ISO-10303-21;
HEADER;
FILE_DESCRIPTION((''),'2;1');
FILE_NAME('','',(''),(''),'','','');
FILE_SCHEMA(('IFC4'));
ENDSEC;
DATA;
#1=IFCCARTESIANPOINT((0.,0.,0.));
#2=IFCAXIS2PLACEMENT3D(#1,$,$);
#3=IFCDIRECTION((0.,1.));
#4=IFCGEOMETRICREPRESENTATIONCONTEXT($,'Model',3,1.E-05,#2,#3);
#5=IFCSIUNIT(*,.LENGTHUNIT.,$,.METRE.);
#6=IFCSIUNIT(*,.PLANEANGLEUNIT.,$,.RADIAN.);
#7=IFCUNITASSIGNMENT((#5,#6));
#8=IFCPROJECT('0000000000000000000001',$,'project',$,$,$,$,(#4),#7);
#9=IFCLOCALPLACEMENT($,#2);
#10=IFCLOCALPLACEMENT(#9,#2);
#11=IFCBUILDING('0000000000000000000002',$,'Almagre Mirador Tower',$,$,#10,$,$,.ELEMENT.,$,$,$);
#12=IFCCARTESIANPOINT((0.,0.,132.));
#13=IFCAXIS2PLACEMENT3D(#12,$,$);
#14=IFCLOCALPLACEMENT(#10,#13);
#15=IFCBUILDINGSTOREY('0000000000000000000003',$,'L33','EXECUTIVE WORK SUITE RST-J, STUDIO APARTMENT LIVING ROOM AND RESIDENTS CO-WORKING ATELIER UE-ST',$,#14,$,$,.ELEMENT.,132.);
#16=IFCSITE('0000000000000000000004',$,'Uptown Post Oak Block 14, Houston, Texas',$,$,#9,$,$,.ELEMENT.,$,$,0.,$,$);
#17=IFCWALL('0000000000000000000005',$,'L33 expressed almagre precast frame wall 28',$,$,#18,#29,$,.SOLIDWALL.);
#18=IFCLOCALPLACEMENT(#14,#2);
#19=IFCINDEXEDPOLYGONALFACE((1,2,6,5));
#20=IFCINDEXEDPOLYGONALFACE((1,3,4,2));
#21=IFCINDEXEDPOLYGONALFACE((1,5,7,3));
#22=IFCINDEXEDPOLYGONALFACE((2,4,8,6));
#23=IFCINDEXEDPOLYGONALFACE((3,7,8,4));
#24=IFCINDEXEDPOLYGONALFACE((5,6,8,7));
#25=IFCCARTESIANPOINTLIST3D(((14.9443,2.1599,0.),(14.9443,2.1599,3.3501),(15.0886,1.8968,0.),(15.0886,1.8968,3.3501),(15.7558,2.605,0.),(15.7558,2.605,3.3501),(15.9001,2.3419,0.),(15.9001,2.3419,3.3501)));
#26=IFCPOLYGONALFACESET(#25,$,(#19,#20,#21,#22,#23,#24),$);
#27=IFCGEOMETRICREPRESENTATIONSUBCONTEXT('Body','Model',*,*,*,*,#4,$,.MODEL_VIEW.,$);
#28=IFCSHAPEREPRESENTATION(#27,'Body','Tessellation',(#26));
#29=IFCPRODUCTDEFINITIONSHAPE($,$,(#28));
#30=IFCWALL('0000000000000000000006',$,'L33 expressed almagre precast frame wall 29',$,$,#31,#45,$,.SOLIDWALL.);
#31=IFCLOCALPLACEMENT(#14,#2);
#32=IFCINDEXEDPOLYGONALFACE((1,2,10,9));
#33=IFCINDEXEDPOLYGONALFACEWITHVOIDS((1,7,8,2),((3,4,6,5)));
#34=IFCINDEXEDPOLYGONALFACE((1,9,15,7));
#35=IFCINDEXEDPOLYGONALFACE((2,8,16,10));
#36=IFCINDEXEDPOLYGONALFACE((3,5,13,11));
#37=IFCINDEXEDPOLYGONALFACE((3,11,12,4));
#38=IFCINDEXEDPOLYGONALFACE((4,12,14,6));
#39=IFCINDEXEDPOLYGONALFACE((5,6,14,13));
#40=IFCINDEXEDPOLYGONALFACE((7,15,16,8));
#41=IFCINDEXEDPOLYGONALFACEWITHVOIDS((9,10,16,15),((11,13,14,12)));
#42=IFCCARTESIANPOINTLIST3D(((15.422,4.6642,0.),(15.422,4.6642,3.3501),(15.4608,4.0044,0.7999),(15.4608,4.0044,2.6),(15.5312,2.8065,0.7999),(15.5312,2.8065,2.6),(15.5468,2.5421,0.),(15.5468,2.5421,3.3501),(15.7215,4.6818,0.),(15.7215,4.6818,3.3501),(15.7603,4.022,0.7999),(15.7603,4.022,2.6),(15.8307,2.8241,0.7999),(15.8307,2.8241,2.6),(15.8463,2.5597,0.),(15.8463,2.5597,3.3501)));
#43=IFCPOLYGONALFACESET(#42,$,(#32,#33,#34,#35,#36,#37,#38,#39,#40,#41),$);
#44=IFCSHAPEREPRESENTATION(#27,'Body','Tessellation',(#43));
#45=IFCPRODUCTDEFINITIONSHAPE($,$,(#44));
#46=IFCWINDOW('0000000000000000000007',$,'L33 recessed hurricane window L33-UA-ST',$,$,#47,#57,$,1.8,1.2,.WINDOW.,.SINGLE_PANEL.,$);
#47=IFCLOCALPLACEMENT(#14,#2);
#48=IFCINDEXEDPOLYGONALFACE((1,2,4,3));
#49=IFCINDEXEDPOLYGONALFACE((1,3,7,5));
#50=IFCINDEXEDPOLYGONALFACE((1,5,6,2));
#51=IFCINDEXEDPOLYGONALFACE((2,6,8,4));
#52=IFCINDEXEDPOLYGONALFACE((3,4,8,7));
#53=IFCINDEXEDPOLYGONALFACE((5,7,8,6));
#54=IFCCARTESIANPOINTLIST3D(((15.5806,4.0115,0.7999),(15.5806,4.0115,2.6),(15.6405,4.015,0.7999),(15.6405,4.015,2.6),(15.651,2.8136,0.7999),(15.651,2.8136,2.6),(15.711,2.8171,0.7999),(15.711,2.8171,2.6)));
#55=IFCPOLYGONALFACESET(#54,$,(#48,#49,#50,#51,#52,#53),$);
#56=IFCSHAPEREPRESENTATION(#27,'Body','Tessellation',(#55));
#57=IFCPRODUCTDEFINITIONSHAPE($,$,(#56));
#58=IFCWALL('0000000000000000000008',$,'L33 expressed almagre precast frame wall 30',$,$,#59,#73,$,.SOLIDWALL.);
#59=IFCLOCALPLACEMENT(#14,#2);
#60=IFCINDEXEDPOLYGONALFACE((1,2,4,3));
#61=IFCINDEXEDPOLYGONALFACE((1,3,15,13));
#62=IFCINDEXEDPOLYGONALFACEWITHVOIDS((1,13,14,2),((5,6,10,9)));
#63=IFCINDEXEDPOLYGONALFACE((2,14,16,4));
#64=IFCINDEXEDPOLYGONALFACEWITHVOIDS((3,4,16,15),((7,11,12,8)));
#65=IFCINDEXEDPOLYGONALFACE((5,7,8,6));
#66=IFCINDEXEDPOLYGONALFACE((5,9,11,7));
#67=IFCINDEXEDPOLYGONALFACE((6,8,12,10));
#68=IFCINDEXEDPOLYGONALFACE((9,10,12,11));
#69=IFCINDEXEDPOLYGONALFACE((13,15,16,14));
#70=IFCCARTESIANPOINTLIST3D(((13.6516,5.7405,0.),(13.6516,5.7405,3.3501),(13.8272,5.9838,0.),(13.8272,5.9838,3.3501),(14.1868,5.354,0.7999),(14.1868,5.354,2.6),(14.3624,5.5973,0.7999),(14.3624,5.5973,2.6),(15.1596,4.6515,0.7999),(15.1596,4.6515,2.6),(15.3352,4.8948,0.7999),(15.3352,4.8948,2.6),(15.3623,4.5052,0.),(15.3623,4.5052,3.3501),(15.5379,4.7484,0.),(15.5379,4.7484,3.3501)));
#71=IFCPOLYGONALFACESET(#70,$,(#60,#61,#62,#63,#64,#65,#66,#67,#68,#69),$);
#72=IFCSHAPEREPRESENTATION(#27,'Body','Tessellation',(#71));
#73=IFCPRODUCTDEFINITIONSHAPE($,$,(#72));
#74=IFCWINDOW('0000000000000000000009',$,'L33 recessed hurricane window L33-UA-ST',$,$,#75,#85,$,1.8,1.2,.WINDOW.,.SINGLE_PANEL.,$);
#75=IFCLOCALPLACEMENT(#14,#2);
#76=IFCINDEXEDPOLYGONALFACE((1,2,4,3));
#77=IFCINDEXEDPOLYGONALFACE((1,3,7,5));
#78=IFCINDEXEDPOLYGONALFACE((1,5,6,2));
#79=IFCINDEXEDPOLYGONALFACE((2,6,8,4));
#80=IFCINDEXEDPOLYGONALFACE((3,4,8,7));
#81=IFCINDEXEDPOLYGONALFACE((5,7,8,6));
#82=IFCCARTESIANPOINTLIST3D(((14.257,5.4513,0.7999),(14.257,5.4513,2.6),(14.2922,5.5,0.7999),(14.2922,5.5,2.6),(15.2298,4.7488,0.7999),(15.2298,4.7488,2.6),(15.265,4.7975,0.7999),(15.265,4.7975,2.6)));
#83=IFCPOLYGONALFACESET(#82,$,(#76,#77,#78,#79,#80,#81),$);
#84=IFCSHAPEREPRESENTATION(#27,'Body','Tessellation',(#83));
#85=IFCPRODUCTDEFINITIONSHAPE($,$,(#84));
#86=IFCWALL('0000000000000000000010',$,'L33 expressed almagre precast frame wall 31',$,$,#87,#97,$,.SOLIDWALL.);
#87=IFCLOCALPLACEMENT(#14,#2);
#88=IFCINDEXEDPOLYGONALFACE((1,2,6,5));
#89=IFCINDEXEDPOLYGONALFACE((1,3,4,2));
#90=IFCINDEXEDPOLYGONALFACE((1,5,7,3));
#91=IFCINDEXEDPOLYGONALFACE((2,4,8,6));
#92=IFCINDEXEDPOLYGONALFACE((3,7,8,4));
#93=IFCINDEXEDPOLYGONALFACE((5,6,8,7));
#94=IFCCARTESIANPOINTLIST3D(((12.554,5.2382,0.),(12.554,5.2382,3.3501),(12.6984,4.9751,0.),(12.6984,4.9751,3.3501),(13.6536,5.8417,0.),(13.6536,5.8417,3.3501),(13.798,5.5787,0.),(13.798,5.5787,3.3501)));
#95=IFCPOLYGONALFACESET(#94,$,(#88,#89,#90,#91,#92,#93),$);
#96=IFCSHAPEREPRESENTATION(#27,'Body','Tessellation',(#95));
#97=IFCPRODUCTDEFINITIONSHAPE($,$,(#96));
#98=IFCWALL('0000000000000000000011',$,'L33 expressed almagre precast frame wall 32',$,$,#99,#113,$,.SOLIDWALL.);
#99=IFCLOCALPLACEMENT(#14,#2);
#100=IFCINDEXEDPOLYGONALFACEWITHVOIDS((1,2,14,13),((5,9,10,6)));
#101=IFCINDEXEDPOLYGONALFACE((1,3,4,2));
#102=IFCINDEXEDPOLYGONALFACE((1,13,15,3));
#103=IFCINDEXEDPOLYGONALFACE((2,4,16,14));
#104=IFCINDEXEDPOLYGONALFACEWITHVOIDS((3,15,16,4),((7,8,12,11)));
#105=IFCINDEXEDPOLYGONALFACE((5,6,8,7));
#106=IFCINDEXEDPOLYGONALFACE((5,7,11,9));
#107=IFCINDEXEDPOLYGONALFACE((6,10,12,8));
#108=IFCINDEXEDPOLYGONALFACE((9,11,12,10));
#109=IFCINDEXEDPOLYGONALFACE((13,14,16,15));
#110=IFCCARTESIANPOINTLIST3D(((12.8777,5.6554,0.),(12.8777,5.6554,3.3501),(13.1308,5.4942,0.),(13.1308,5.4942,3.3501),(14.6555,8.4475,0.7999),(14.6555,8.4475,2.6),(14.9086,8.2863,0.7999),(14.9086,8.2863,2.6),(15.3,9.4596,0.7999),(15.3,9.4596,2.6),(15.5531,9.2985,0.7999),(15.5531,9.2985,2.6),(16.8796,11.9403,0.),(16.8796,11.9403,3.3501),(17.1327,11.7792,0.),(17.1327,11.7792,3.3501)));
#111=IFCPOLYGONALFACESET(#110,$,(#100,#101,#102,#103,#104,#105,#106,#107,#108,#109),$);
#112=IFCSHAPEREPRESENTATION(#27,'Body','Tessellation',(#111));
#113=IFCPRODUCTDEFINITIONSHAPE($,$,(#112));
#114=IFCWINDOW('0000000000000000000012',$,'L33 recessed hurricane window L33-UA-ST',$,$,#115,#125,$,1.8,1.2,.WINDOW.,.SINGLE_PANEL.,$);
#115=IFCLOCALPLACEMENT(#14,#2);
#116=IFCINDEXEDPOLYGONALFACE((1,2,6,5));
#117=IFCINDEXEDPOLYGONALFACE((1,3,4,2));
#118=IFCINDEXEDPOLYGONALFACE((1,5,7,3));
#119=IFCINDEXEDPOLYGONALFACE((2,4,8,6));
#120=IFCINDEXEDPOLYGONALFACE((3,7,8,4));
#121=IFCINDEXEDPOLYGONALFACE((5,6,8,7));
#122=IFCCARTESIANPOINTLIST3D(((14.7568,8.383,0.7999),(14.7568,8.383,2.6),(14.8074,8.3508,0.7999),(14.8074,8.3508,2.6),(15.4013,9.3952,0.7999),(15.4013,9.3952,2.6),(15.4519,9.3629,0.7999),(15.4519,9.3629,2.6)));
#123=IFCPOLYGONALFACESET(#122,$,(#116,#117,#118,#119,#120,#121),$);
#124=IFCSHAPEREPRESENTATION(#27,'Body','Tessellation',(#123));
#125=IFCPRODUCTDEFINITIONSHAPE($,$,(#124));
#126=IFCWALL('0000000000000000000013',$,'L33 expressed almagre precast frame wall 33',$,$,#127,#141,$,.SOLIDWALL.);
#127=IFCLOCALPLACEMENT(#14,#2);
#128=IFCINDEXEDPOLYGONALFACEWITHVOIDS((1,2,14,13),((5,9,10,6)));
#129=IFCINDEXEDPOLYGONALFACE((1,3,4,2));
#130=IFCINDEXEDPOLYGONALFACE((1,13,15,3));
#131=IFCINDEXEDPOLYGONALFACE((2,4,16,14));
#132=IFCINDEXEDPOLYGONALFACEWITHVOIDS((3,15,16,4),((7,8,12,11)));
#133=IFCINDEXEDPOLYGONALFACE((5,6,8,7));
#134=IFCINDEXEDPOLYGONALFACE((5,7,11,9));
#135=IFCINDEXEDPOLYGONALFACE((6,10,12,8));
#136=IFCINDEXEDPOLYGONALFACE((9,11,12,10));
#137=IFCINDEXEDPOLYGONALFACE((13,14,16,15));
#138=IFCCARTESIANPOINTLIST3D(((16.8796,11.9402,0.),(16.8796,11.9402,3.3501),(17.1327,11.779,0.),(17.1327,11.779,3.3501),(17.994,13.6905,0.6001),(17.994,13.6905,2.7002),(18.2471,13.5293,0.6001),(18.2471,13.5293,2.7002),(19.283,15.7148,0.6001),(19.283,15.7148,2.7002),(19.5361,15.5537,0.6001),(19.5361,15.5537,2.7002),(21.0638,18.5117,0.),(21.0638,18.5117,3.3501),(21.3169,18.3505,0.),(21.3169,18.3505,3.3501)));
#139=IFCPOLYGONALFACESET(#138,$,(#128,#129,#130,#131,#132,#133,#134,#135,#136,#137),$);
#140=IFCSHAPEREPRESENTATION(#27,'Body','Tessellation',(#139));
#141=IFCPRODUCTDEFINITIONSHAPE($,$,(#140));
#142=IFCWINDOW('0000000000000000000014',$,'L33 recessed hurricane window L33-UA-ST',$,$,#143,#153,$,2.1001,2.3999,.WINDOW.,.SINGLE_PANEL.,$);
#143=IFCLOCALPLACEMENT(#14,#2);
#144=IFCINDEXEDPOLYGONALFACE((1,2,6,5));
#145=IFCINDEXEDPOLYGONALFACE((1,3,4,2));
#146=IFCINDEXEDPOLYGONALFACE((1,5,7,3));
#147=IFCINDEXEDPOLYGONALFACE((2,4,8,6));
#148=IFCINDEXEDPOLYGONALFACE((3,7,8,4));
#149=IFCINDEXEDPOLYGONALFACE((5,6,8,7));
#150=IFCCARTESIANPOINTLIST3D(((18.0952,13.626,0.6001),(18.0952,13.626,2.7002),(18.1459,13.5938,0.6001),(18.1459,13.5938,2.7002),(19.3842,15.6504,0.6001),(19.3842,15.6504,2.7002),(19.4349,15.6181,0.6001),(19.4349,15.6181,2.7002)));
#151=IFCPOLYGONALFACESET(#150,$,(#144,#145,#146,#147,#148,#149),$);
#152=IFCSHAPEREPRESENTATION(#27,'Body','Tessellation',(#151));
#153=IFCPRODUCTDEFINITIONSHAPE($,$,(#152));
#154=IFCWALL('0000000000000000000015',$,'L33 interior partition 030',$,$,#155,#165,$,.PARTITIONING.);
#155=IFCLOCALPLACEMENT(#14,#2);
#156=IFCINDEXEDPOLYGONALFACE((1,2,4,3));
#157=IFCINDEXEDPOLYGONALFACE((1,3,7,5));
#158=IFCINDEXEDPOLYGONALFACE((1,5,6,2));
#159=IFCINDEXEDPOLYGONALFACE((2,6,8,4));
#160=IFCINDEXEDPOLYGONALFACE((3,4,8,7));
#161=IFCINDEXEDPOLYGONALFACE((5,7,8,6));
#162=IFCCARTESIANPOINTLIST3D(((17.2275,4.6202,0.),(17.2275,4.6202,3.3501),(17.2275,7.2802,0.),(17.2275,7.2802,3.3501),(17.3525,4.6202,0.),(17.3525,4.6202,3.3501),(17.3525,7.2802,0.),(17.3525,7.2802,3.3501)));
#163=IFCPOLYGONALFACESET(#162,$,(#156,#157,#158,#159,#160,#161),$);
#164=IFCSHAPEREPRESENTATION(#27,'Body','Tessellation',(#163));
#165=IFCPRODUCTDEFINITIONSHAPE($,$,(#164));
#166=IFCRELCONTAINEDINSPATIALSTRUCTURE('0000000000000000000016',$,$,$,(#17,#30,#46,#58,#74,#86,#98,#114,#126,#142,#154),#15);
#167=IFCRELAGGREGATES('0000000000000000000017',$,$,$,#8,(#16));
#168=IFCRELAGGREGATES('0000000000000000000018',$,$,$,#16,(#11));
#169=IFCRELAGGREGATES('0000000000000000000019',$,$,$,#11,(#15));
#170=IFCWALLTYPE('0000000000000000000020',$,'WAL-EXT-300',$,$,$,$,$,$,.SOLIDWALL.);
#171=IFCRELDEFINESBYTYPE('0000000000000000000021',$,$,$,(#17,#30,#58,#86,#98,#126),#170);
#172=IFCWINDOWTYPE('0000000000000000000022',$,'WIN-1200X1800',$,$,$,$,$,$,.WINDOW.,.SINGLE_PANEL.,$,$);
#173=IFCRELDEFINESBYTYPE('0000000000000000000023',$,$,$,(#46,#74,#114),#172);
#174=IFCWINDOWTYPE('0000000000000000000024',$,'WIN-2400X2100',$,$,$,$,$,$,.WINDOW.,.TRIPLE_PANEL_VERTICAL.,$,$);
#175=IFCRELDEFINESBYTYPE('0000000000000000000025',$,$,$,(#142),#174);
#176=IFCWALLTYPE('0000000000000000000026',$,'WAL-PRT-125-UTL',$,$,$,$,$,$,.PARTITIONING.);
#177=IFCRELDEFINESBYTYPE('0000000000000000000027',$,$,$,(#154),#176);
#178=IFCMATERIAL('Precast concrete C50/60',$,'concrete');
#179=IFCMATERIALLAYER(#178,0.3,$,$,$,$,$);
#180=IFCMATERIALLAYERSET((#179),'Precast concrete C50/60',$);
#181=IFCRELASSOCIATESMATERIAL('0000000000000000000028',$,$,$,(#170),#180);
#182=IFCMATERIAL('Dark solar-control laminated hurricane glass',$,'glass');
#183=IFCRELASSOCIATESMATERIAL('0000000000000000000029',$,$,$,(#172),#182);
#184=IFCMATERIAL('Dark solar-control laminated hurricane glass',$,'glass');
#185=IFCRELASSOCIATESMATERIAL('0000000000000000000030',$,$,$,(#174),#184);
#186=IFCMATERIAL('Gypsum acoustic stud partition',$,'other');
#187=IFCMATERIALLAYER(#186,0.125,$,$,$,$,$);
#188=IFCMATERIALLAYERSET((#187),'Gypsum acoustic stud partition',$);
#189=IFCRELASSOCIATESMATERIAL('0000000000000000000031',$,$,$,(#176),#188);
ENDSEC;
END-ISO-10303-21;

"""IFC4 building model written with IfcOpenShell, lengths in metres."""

from ifc_helpers import new_model, si_unit, direction, frame, frame_2d, origin, place, context, subcontext, project, spatial, rectangle, extrude, material, layer, layer_set, type_object, element, fill, save


model = new_model("IFC4")

# Units and contexts
model_context = context("Model", 3, precision=1e-05, world=origin(), true_north=direction((0.0, 1.0)))
body_context = subcontext(model_context, "Body", "Model", "MODEL_VIEW")
ifc_project = project(units=[si_unit("LENGTHUNIT", "METRE"), si_unit("PLANEANGLEUNIT", "RADIAN")], contexts=[model_context])

# Site, building, storey
site_placement = place(None, origin())
site = spatial("IfcSite", under=ifc_project, at=site_placement, Name="Uptown Post Oak Block 14, Houston, Texas", CompositionType="ELEMENT", RefElevation=0.0)
building_placement = place(site_placement, origin())
building = spatial("IfcBuilding", under=site, at=building_placement, Name="Almagre Mirador Tower", CompositionType="ELEMENT")
storey_placement = place(building_placement, frame((0.0, 0.0, 132.0)))
storey = spatial("IfcBuildingStorey", under=building, at=storey_placement, Name="L33", Description="EXECUTIVE WORK SUITE RST-J, STUDIO APARTMENT LIVING ROOM AND RESIDENTS CO-WORKING ATELIER UE-ST", CompositionType="ELEMENT", Elevation=132.0)

# Wall
ifc_material_1 = material(Name="Precast concrete C50/60", Category="concrete")
ifc_layer_1 = layer(ifc_material_1, 0.3)
ifc_layer_set_1 = layer_set([ifc_layer_1], Name="Precast concrete C50/60")
wall_type_1 = type_object("IfcWallType", Name="WAL-EXT-300", PredefinedType="SOLIDWALL", material=ifc_layer_set_1)
wall_1_placement = place(storey_placement, frame((15.0164, 2.0283, 0.0), z_axis=(0.0, 0.0, 1.0), x_axis=(0.876794, 0.480865, 0.0)))
element("IfcWall", 1, at=wall_1_placement, inside=storey, type_object=wall_type_1, Name="L33 expressed almagre precast frame wall 28", PredefinedType="SOLIDWALL", context=body_context, shape_type="SweptSolid", body=[
    extrude(rectangle(XDim=0.9255, YDim=0.3, at=frame_2d((0.4629, 0.0))), origin(), (0.0, 0.0, 1.0), 3.3501),
])

# Walls, openings, windows
wall_2_placement = place(storey_placement, frame((15.6965, 2.5508, 0.0), z_axis=(0.0, 0.0, 1.0), x_axis=(-0.058688, 0.998276, 0.0)))
wall_2 = element("IfcWall", 2, at=wall_2_placement, inside=storey, type_object=wall_type_1, Name="L33 expressed almagre precast frame wall 29", PredefinedType="SOLIDWALL", context=body_context, shape_type="SweptSolid", body=[
    extrude(rectangle(XDim=2.1257, YDim=0.3, at=frame_2d((1.063, 0.0))), origin(), (0.0, 0.0, 1.0), 3.3501),
])
opening_1_placement = place(wall_2_placement, frame((0.2649, 0.0, 0.8)))
opening_1 = element("IfcOpeningElement", 3, at=opening_1_placement, cuts=wall_2, PredefinedType="OPENING", context=body_context, shape_type="SweptSolid", body=[
    extrude(rectangle(XDim=1.2, YDim=1.8, at=frame_2d((0.6001, 0.8999))), frame((0.0, 0.1599, 0.0), z_axis=(0.0, -1.0, 0.0), x_axis=(1.0, 0.0, 0.0)), (0.0, 0.0, 1.0), 0.32),
])
ifc_material_2 = material(Name="Dark solar-control laminated hurricane glass", Category="glass")
window_type_1 = type_object("IfcWindowType", Name="WIN-1200X1800", PartitioningType="SINGLE_PANEL", PredefinedType="WINDOW", material=ifc_material_2)
window_1_placement = place(opening_1_placement, origin())
window_1 = element("IfcWindow", 4, at=window_1_placement, inside=storey, type_object=window_type_1, Name="L33 recessed hurricane window L33-UA-ST", OverallHeight=1.8, OverallWidth=1.2, PartitioningType="SINGLE_PANEL", PredefinedType="WINDOW", context=body_context, shape_type="SweptSolid", body=[
    extrude(rectangle(XDim=1.2, YDim=1.8, at=frame_2d((0.6001, 0.8999))), frame((0.0, 0.03, 0.0), z_axis=(0.0, -1.0, 0.0), x_axis=(1.0, 0.0, 0.0)), (0.0, 0.0, 1.0), 0.0601),
])
fill(opening_1, window_1)
wall_3_placement = place(storey_placement, frame((15.4502, 4.6267, 0.0), z_axis=(0.0, 0.0, 1.0), x_axis=(-0.810713, 0.585444, 0.0)))
wall_3 = element("IfcWall", 5, at=wall_3_placement, inside=storey, type_object=wall_type_1, Name="L33 expressed almagre precast frame wall 30", PredefinedType="SOLIDWALL", context=body_context, shape_type="SweptSolid", body=[
    extrude(rectangle(XDim=2.1101, YDim=0.3, at=frame_2d((1.0552, 0.0))), origin(), (0.0, 0.0, 1.0), 3.3501),
])
opening_2_placement = place(wall_3_placement, frame((0.25, 0.0, 0.8)))
opening_2 = element("IfcOpeningElement", 6, at=opening_2_placement, cuts=wall_3, PredefinedType="OPENING", context=body_context, shape_type="SweptSolid", body=[
    extrude(rectangle(XDim=1.2, YDim=1.8, at=frame_2d((0.6001, 0.8999))), frame((0.0, 0.1599, 0.0), z_axis=(0.0, -1.0, 0.0), x_axis=(1.0, 0.0, 0.0)), (0.0, 0.0, 1.0), 0.32),
])
window_2_placement = place(opening_2_placement, origin())
window_2 = element("IfcWindow", 7, at=window_2_placement, inside=storey, type_object=window_type_1, Name="L33 recessed hurricane window L33-UA-ST", OverallHeight=1.8, OverallWidth=1.2, PartitioningType="SINGLE_PANEL", PredefinedType="WINDOW", context=body_context, shape_type="SweptSolid", body=[
    extrude(rectangle(XDim=1.2, YDim=1.8, at=frame_2d((0.6001, 0.8999))), frame((0.0, 0.03, 0.0), z_axis=(0.0, -1.0, 0.0), x_axis=(1.0, 0.0, 0.0)), (0.0, 0.0, 1.0), 0.0601),
])
fill(opening_2, window_2)

# Wall
wall_4_placement = place(storey_placement, frame((13.7258, 5.7102, 0.0), z_axis=(0.0, 0.0, 1.0), x_axis=(-0.876643, -0.481142, 0.0)))
element("IfcWall", 8, at=wall_4_placement, inside=storey, type_object=wall_type_1, Name="L33 expressed almagre precast frame wall 31", PredefinedType="SOLIDWALL", context=body_context, shape_type="SweptSolid", body=[
    extrude(rectangle(XDim=1.2544, YDim=0.3, at=frame_2d((0.6272, 0.0))), origin(), (0.0, 0.0, 1.0), 3.3501),
])

# Walls, openings, windows
wall_5_placement = place(storey_placement, frame((13.0042, 5.5747, 0.0), z_axis=(0.0, 0.0, 1.0), x_axis=(0.537111, 0.843512, 0.0)))
wall_5 = element("IfcWall", 9, at=wall_5_placement, inside=storey, type_object=wall_type_1, Name="L33 expressed almagre precast frame wall 32", PredefinedType="SOLIDWALL", context=body_context, shape_type="SweptSolid", body=[
    extrude(rectangle(XDim=7.4509, YDim=0.3, at=frame_2d((3.7256, 0.0))), origin(), (0.0, 0.0, 1.0), 3.3501),
])
opening_3_placement = place(wall_5_placement, frame((3.3101, 0.0, 0.8)))
opening_3 = element("IfcOpeningElement", 10, at=opening_3_placement, cuts=wall_5, PredefinedType="OPENING", context=body_context, shape_type="SweptSolid", body=[
    extrude(rectangle(XDim=1.2, YDim=1.8, at=frame_2d((0.6001, 0.8999))), frame((0.0, 0.1599, 0.0), z_axis=(0.0, -1.0, 0.0), x_axis=(1.0, 0.0, 0.0)), (0.0, 0.0, 1.0), 0.32),
])
window_3_placement = place(opening_3_placement, origin())
window_3 = element("IfcWindow", 11, at=window_3_placement, inside=storey, type_object=window_type_1, Name="L33 recessed hurricane window L33-UA-ST", OverallHeight=1.8, OverallWidth=1.2, PartitioningType="SINGLE_PANEL", PredefinedType="WINDOW", context=body_context, shape_type="SweptSolid", body=[
    extrude(rectangle(XDim=1.2, YDim=1.8, at=frame_2d((0.6001, 0.8999))), frame((0.0, 0.03, 0.0), z_axis=(0.0, -1.0, 0.0), x_axis=(1.0, 0.0, 0.0)), (0.0, 0.0, 1.0), 0.0601),
])
fill(opening_3, window_3)
wall_6_placement = place(storey_placement, frame((17.0061, 11.8596, 0.0), z_axis=(0.0, 0.0, 1.0), x_axis=(0.537099, 0.84352, 0.0)))
wall_6 = element("IfcWall", 12, at=wall_6_placement, inside=storey, type_object=wall_type_1, Name="L33 expressed almagre precast frame wall 33", PredefinedType="SOLIDWALL", context=body_context, shape_type="SweptSolid", body=[
    extrude(rectangle(XDim=7.7905, YDim=0.3, at=frame_2d((3.8953, 0.0))), origin(), (0.0, 0.0, 1.0), 3.3501),
])
opening_4_placement = place(wall_6_placement, frame((2.075, 0.0, 0.6001)))
opening_4 = element("IfcOpeningElement", 13, at=opening_4_placement, cuts=wall_6, PredefinedType="OPENING", context=body_context, shape_type="SweptSolid", body=[
    extrude(rectangle(XDim=2.3999, YDim=2.1001, at=frame_2d((1.2, 1.05))), frame((0.0, 0.1599, 0.0), z_axis=(0.0, -1.0, 0.0), x_axis=(1.0, 0.0, 0.0)), (0.0, 0.0, 1.0), 0.32),
])
ifc_material_3 = material(Name="Dark solar-control laminated hurricane glass", Category="glass")
window_type_2 = type_object("IfcWindowType", Name="WIN-2400X2100", PartitioningType="TRIPLE_PANEL_VERTICAL", PredefinedType="WINDOW", material=ifc_material_3)
window_4_placement = place(opening_4_placement, origin())
window_4 = element("IfcWindow", 14, at=window_4_placement, inside=storey, type_object=window_type_2, Name="L33 recessed hurricane window L33-UA-ST", OverallHeight=2.1001, OverallWidth=2.3999, PartitioningType="SINGLE_PANEL", PredefinedType="WINDOW", context=body_context, shape_type="SweptSolid", body=[
    extrude(rectangle(XDim=2.3999, YDim=2.1001, at=frame_2d((1.2, 1.05))), frame((0.0, 0.03, 0.0), z_axis=(0.0, -1.0, 0.0), x_axis=(1.0, 0.0, 0.0)), (0.0, 0.0, 1.0), 0.0601),
])
fill(opening_4, window_4)

# Wall
ifc_material_4 = material(Name="Gypsum acoustic stud partition", Category="other")
ifc_layer_2 = layer(ifc_material_4, 0.125)
ifc_layer_set_2 = layer_set([ifc_layer_2], Name="Gypsum acoustic stud partition")
wall_type_2 = type_object("IfcWallType", Name="WAL-PRT-125-UTL", PredefinedType="PARTITIONING", material=ifc_layer_set_2)
wall_7_placement = place(storey_placement, frame((17.29, 4.6201, 0.0), z_axis=(0.0, 0.0, 1.0), x_axis=(0.0, 1.0, 0.0)))
element("IfcWall", 15, at=wall_7_placement, inside=storey, type_object=wall_type_2, Name="L33 interior partition 030", PredefinedType="PARTITIONING", context=body_context, shape_type="SweptSolid", body=[
    extrude(rectangle(XDim=2.6599, YDim=0.125, at=frame_2d((1.3301, 0.0))), origin(), (0.0, 0.0, 1.0), 3.3501),
])

save(model, "model.ifc")
